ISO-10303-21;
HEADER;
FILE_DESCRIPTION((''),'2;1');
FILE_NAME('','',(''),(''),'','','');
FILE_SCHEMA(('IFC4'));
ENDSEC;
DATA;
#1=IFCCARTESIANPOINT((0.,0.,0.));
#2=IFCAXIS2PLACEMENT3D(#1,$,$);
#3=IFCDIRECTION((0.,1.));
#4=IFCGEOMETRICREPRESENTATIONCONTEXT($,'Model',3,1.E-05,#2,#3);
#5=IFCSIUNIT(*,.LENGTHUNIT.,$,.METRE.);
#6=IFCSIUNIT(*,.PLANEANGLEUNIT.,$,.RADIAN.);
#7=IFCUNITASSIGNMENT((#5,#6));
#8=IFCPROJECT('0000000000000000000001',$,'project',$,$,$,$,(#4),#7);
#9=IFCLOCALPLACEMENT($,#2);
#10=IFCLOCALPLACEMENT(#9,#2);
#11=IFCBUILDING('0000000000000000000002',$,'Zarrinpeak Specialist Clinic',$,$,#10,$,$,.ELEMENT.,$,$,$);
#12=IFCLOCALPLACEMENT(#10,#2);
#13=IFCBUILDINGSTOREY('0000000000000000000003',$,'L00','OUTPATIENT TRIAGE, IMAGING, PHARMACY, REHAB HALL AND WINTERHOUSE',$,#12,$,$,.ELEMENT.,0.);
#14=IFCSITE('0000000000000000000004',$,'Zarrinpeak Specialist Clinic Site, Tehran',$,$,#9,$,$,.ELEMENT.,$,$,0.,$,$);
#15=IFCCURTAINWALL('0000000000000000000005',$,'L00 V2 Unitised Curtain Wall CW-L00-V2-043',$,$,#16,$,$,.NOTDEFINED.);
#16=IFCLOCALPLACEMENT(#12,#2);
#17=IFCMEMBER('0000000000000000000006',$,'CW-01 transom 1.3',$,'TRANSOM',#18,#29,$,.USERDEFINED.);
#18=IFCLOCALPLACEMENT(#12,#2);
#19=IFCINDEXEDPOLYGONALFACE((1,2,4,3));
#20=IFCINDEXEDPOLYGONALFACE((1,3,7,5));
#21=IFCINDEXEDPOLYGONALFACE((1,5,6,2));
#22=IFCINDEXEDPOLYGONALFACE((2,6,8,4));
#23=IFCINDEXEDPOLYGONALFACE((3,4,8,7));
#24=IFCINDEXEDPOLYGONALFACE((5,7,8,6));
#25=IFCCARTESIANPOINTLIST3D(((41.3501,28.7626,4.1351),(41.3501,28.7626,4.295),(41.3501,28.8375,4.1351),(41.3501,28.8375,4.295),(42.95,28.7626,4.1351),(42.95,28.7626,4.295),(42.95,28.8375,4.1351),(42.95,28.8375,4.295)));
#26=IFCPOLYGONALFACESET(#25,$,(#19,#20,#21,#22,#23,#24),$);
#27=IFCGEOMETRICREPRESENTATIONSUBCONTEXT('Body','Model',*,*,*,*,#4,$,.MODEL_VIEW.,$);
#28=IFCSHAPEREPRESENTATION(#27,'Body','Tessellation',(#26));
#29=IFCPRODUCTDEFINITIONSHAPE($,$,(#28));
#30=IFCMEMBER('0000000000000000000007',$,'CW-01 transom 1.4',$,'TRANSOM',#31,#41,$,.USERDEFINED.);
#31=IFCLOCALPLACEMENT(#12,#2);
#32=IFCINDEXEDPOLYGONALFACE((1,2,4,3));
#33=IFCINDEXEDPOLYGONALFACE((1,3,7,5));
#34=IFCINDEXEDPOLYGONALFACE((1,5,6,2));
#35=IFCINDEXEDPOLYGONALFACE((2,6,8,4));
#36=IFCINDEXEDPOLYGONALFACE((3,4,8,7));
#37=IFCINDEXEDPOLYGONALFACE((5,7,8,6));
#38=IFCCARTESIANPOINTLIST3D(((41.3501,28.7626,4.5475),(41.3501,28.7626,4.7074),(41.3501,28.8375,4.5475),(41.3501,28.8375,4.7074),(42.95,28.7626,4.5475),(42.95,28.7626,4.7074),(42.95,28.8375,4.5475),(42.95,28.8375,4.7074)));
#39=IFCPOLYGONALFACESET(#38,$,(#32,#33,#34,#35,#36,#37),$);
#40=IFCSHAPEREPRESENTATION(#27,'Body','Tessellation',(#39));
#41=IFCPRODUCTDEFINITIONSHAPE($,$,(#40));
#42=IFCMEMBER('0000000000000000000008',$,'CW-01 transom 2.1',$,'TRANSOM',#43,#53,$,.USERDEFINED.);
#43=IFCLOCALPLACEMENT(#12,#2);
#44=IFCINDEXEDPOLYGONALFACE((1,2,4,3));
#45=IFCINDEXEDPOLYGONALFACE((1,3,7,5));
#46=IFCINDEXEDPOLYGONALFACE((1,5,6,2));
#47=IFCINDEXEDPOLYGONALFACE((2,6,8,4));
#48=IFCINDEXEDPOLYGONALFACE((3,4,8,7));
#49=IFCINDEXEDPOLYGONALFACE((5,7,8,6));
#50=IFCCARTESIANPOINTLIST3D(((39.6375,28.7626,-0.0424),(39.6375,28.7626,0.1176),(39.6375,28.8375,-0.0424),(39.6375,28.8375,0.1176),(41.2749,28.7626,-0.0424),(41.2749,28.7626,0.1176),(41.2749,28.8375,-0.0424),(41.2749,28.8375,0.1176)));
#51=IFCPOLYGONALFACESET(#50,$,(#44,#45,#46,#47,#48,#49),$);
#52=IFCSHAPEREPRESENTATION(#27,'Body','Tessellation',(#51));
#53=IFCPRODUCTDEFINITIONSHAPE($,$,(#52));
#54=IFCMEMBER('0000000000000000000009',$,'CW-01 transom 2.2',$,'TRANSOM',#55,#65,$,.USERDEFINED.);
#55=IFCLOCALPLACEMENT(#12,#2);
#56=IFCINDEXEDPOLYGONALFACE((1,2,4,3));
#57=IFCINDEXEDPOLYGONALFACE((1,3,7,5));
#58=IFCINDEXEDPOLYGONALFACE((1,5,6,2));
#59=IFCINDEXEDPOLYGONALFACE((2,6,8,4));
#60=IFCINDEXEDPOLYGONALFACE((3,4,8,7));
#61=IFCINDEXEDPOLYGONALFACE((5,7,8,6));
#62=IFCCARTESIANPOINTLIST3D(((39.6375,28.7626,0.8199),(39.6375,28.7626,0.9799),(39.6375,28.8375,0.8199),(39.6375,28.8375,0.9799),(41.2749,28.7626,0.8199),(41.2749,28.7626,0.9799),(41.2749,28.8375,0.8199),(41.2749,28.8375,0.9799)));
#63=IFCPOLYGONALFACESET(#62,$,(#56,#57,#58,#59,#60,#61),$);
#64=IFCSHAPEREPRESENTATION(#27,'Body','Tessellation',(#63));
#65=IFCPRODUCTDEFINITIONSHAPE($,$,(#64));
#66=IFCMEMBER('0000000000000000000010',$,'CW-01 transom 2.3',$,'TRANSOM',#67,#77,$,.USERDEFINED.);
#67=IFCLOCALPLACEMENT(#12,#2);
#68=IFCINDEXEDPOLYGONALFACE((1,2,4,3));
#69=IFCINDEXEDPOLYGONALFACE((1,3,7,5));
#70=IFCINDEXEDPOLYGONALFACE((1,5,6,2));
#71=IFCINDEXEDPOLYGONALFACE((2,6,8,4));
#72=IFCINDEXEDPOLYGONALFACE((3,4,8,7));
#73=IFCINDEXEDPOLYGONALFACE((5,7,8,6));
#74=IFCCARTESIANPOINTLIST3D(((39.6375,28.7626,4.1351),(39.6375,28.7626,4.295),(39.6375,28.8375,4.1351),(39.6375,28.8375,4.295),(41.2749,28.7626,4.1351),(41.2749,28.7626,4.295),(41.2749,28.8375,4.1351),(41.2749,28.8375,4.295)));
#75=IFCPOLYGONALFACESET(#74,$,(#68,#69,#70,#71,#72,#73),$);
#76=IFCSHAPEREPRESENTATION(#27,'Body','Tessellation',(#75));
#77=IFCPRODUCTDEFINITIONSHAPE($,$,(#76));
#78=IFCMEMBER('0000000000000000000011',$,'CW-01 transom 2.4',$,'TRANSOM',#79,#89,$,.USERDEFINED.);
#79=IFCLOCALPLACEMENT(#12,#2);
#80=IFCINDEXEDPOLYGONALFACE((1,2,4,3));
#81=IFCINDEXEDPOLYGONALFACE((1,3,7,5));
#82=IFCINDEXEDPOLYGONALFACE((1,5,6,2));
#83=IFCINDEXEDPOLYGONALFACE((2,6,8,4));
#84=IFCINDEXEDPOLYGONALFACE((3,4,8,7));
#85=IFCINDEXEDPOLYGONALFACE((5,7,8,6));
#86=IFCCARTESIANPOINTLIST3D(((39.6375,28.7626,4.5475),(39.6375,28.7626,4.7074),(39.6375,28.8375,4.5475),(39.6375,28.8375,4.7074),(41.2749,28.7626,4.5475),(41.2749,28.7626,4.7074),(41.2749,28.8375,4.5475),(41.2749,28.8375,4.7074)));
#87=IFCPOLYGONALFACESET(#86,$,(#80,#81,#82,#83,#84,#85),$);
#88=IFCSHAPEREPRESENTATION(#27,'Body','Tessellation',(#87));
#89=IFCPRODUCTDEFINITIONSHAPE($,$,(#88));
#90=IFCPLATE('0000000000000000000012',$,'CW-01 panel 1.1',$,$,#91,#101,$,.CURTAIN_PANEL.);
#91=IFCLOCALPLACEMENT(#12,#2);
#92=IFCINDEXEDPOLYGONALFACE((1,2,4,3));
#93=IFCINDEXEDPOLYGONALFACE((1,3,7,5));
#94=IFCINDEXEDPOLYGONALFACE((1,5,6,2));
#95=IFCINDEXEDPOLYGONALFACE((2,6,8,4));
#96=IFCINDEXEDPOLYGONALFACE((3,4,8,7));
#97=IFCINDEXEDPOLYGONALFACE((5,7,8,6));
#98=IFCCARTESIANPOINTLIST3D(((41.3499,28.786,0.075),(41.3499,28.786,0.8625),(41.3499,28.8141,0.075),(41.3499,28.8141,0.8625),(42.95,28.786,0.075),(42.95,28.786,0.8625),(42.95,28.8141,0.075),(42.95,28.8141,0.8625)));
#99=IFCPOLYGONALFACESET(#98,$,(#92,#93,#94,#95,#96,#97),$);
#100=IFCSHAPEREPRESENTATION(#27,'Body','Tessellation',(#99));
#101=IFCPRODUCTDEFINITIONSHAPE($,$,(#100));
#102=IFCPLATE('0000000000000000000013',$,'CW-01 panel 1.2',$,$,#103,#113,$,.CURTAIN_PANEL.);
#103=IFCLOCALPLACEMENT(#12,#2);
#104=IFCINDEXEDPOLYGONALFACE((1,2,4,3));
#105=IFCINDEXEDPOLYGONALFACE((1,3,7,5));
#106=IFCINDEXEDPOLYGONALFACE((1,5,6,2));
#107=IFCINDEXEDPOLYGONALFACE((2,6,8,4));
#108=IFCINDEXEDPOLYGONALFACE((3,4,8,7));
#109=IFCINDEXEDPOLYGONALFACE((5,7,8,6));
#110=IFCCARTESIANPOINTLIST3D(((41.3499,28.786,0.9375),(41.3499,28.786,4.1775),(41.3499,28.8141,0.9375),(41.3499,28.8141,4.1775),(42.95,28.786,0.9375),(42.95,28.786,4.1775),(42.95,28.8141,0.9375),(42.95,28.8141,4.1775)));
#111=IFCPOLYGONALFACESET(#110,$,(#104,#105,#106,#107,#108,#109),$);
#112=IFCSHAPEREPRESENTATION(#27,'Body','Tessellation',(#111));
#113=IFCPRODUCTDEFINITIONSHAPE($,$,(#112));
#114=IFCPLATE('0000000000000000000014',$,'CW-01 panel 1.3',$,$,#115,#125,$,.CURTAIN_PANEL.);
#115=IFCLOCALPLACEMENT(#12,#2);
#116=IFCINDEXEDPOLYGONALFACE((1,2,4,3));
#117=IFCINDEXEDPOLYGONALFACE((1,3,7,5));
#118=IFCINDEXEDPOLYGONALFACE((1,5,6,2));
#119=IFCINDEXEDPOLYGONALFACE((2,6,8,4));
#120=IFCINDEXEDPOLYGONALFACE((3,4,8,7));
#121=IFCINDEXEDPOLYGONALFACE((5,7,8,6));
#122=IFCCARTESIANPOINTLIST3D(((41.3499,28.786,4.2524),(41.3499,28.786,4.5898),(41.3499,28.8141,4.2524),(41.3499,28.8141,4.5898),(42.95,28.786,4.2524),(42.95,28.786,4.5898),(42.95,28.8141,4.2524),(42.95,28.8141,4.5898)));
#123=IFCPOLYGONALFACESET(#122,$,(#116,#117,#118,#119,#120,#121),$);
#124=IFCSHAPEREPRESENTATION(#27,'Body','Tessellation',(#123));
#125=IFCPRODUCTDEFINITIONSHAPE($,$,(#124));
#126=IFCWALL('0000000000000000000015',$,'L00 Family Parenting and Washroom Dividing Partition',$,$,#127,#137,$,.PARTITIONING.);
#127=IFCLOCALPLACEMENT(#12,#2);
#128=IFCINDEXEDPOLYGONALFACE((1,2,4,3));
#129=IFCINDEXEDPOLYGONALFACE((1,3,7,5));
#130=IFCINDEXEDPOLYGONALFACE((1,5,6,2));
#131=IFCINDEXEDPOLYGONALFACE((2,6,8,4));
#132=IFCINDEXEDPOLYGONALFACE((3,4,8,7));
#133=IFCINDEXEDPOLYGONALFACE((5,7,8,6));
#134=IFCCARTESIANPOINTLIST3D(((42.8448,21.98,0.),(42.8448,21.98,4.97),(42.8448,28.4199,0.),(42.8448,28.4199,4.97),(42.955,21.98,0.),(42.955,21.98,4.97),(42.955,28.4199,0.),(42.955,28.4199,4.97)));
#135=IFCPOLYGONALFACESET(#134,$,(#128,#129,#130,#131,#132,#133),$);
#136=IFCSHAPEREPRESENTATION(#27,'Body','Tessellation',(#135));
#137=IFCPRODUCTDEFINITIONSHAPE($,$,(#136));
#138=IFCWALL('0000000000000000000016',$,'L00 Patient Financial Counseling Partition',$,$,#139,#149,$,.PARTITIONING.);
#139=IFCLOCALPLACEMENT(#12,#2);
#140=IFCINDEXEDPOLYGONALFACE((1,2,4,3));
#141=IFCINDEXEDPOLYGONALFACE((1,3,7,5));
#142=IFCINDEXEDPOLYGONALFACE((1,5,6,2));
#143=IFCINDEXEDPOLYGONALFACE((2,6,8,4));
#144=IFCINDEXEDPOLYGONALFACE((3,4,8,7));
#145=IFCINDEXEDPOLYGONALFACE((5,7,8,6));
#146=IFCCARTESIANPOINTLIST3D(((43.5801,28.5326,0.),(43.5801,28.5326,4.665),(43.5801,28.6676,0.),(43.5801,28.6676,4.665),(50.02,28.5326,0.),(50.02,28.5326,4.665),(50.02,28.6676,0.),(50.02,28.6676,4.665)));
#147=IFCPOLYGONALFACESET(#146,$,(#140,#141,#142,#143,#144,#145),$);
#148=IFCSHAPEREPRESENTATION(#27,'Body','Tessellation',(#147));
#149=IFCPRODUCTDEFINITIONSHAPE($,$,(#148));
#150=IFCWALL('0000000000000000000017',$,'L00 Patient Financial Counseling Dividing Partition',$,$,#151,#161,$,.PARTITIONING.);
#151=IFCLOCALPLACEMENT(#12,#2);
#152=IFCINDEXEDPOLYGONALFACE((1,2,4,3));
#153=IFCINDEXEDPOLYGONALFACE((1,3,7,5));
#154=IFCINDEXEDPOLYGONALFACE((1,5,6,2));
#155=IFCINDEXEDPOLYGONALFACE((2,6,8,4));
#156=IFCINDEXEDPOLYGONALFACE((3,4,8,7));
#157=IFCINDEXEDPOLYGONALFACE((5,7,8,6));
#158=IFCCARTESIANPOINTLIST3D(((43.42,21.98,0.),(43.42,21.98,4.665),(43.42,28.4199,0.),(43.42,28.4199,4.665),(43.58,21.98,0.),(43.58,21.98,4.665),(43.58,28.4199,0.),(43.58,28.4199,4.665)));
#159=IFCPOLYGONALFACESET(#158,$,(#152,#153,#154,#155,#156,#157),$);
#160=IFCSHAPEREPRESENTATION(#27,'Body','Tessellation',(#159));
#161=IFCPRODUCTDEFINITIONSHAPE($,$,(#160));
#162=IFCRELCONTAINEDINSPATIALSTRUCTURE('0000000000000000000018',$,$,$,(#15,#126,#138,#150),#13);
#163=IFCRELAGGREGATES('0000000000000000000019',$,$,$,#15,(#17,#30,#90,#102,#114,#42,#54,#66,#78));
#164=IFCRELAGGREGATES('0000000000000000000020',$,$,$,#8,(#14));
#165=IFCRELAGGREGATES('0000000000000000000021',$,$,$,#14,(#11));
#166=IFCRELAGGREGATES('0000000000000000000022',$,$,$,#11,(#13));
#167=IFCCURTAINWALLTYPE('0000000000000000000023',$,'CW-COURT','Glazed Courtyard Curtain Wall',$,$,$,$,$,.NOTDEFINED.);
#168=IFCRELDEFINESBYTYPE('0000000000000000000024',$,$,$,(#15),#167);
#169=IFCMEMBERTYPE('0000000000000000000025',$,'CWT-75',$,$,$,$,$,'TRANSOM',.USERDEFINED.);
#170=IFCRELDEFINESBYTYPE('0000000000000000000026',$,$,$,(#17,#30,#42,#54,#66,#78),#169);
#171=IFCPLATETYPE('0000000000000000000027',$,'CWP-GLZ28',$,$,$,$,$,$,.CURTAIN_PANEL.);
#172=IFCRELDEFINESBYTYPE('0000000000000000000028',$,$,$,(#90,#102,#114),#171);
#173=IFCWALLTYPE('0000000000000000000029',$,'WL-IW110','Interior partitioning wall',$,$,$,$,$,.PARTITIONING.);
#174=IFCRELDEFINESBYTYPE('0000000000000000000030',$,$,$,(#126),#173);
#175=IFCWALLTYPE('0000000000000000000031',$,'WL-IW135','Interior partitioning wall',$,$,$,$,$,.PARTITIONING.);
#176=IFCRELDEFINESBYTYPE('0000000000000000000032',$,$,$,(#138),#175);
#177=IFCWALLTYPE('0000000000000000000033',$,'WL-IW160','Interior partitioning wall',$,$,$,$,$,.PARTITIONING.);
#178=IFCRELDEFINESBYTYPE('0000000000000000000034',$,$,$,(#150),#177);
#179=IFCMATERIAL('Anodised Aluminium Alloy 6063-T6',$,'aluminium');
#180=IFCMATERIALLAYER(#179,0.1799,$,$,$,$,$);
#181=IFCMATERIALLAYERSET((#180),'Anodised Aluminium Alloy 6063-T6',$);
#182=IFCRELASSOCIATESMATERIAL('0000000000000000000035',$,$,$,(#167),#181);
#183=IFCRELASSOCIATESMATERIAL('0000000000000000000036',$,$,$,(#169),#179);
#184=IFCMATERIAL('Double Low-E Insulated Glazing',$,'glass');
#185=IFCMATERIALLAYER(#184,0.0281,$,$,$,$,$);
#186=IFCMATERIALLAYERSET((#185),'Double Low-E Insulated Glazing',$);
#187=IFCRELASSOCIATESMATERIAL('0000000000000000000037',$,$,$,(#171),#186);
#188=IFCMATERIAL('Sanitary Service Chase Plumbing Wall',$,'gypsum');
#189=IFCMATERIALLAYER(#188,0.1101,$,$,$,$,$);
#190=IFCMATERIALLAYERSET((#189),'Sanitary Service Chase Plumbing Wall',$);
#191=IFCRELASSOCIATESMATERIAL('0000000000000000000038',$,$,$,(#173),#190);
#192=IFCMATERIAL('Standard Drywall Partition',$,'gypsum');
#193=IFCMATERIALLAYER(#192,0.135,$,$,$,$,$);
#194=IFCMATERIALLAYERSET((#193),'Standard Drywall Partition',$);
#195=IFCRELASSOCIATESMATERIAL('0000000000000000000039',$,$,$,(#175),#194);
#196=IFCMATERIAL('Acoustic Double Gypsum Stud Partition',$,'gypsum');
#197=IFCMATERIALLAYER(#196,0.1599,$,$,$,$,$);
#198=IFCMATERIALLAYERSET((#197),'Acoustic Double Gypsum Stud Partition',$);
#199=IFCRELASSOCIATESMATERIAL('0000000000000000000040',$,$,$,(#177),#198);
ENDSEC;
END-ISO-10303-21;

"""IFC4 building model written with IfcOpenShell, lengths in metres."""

from ifc_helpers import new_model, si_unit, direction, frame, frame_2d, origin, origin_2d, place, context, subcontext, project, spatial, rectangle, extrude, material, layer, layer_set, material_profile, profile_set, type_object, element, aggregate, save


model = new_model("IFC4")

# Units and contexts
model_context = context("Model", 3, precision=1e-05, world=origin(), true_north=direction((0.0, 1.0)))
body_context = subcontext(model_context, "Body", "Model", "MODEL_VIEW")
ifc_project = project(units=[si_unit("LENGTHUNIT", "METRE"), si_unit("PLANEANGLEUNIT", "RADIAN")], contexts=[model_context])

# Site, building, storey
site_placement = place(None, origin())
site = spatial("IfcSite", under=ifc_project, at=site_placement, Name="Zarrinpeak Specialist Clinic Site, Tehran", CompositionType="ELEMENT", RefElevation=0.0)
building_placement = place(site_placement, origin())
building = spatial("IfcBuilding", under=site, at=building_placement, Name="Zarrinpeak Specialist Clinic", CompositionType="ELEMENT")
storey_placement = place(building_placement, origin())
storey = spatial("IfcBuildingStorey", under=building, at=storey_placement, Name="L00", Description="OUTPATIENT TRIAGE, IMAGING, PHARMACY, REHAB HALL AND WINTERHOUSE", CompositionType="ELEMENT", Elevation=0.0)

# Curtain wall, members, plates
ifc_material_1 = material(Name="Anodised Aluminium Alloy 6063-T6", Category="aluminium")
ifc_layer_1 = layer(ifc_material_1, 0.1799)
ifc_layer_set_1 = layer_set([ifc_layer_1], Name="Anodised Aluminium Alloy 6063-T6")
curtain_wall_type = type_object("IfcCurtainWallType", Name="CW-COURT", Description="Glazed Courtyard Curtain Wall", PredefinedType="NOTDEFINED", material=ifc_layer_set_1)
curtain_wall_placement = place(storey_placement, origin())
curtain_wall = element("IfcCurtainWall", 1, at=curtain_wall_placement, inside=storey, type_object=curtain_wall_type, Name="L00 V2 Unitised Curtain Wall CW-L00-V2-043", PredefinedType="NOTDEFINED")
ifc_material_profile_1 = material_profile(ifc_material_1, rectangle(XDim=0.075, YDim=0.1599, at=origin_2d()), Name="ALU 75x160")
ifc_profile_set_1 = profile_set([ifc_material_profile_1], Name="Anodised Aluminium Alloy 6063-T6")
member_type_1 = type_object("IfcMemberType", Name="CWT-75", ElementType="TRANSOM", PredefinedType="USERDEFINED", material=ifc_profile_set_1)
member_1_placement = place(storey_placement, frame((42.95, 28.8, 4.2151), z_axis=(-1.0, 0.0, 0.0), x_axis=(0.0, -1.0, 0.0)))
member_1 = element("IfcMember", 2, at=member_1_placement, type_object=member_type_1, Name="CW-01 transom 1.3", ObjectType="TRANSOM", PredefinedType="USERDEFINED", context=body_context, shape_type="SweptSolid", body=[
    extrude(rectangle(XDim=0.075, YDim=0.1599, at=origin_2d()), origin(), (0.0, 0.0, 1.0), 1.5999),
])
member_2_placement = place(storey_placement, frame((42.95, 28.8, 4.6274), z_axis=(-1.0, 0.0, 0.0), x_axis=(0.0, -1.0, 0.0)))
member_2 = element("IfcMember", 3, at=member_2_placement, type_object=member_type_1, Name="CW-01 transom 1.4", ObjectType="TRANSOM", PredefinedType="USERDEFINED", context=body_context, shape_type="SweptSolid", body=[
    extrude(rectangle(XDim=0.075, YDim=0.1599, at=origin_2d()), origin(), (0.0, 0.0, 1.0), 1.5999),
])
member_3_placement = place(storey_placement, frame((41.2749, 28.8, 0.0376), z_axis=(-1.0, 0.0, 0.0), x_axis=(0.0, -1.0, 0.0)))
member_3 = element("IfcMember", 4, at=member_3_placement, type_object=member_type_1, Name="CW-01 transom 2.1", ObjectType="TRANSOM", PredefinedType="USERDEFINED", context=body_context, shape_type="SweptSolid", body=[
    extrude(rectangle(XDim=0.075, YDim=0.1599, at=origin_2d()), origin(), (0.0, 0.0, 1.0), 1.6375),
])
member_4_placement = place(storey_placement, frame((41.2749, 28.8, 0.8999), z_axis=(-1.0, 0.0, 0.0), x_axis=(0.0, -1.0, 0.0)))
member_4 = element("IfcMember", 5, at=member_4_placement, type_object=member_type_1, Name="CW-01 transom 2.2", ObjectType="TRANSOM", PredefinedType="USERDEFINED", context=body_context, shape_type="SweptSolid", body=[
    extrude(rectangle(XDim=0.075, YDim=0.1599, at=origin_2d()), origin(), (0.0, 0.0, 1.0), 1.6375),
])
member_5_placement = place(storey_placement, frame((41.2749, 28.8, 4.2151), z_axis=(-1.0, 0.0, 0.0), x_axis=(0.0, -1.0, 0.0)))
member_5 = element("IfcMember", 6, at=member_5_placement, type_object=member_type_1, Name="CW-01 transom 2.3", ObjectType="TRANSOM", PredefinedType="USERDEFINED", context=body_context, shape_type="SweptSolid", body=[
    extrude(rectangle(XDim=0.075, YDim=0.1599, at=origin_2d()), origin(), (0.0, 0.0, 1.0), 1.6375),
])
member_6_placement = place(storey_placement, frame((41.2749, 28.8, 4.6274), z_axis=(-1.0, 0.0, 0.0), x_axis=(0.0, -1.0, 0.0)))
member_6 = element("IfcMember", 7, at=member_6_placement, type_object=member_type_1, Name="CW-01 transom 2.4", ObjectType="TRANSOM", PredefinedType="USERDEFINED", context=body_context, shape_type="SweptSolid", body=[
    extrude(rectangle(XDim=0.075, YDim=0.1599, at=origin_2d()), origin(), (0.0, 0.0, 1.0), 1.6375),
])
ifc_material_2 = material(Name="Double Low-E Insulated Glazing", Category="glass")
ifc_layer_2 = layer(ifc_material_2, 0.0281)
ifc_layer_set_2 = layer_set([ifc_layer_2], Name="Double Low-E Insulated Glazing")
plate_type = type_object("IfcPlateType", Name="CWP-GLZ28", PredefinedType="CURTAIN_PANEL", material=ifc_layer_set_2)
plate_1_placement = place(storey_placement, frame((42.1499, 28.8, 0.075), z_axis=(0.0, 0.0, 1.0), x_axis=(-1.0, 0.0, 0.0)))
plate_1 = element("IfcPlate", 8, at=plate_1_placement, type_object=plate_type, Name="CW-01 panel 1.1", PredefinedType="CURTAIN_PANEL", context=body_context, shape_type="SweptSolid", body=[
    extrude(rectangle(XDim=1.6001, YDim=0.0281, at=origin_2d()), origin(), (0.0, 0.0, 1.0), 0.7876),
])
plate_2_placement = place(storey_placement, frame((42.1499, 28.8, 0.9375), z_axis=(0.0, 0.0, 1.0), x_axis=(-1.0, 0.0, 0.0)))
plate_2 = element("IfcPlate", 9, at=plate_2_placement, type_object=plate_type, Name="CW-01 panel 1.2", PredefinedType="CURTAIN_PANEL", context=body_context, shape_type="SweptSolid", body=[
    extrude(rectangle(XDim=1.6001, YDim=0.0281, at=origin_2d()), origin(), (0.0, 0.0, 1.0), 3.24),
])
plate_3_placement = place(storey_placement, frame((42.1499, 28.8, 4.2524), z_axis=(0.0, 0.0, 1.0), x_axis=(-1.0, 0.0, 0.0)))
plate_3 = element("IfcPlate", 10, at=plate_3_placement, type_object=plate_type, Name="CW-01 panel 1.3", PredefinedType="CURTAIN_PANEL", context=body_context, shape_type="SweptSolid", body=[
    extrude(rectangle(XDim=1.6001, YDim=0.0281, at=origin_2d()), origin(), (0.0, 0.0, 1.0), 0.3374),
])
aggregate(curtain_wall, [member_1, member_2, plate_1, plate_2, plate_3, member_3, member_4, member_5, member_6])

# Walls
ifc_material_3 = material(Name="Sanitary Service Chase Plumbing Wall", Category="gypsum")
ifc_layer_3 = layer(ifc_material_3, 0.1101)
ifc_layer_set_3 = layer_set([ifc_layer_3], Name="Sanitary Service Chase Plumbing Wall")
wall_type_1 = type_object("IfcWallType", Name="WL-IW110", Description="Interior partitioning wall", PredefinedType="PARTITIONING", material=ifc_layer_set_3)
wall_1_placement = place(storey_placement, frame((42.8999, 21.98, 0.0), z_axis=(0.0, 0.0, 1.0), x_axis=(0.0, 1.0, 0.0)))
element("IfcWall", 11, at=wall_1_placement, inside=storey, type_object=wall_type_1, Name="L00 Family Parenting and Washroom Dividing Partition", PredefinedType="PARTITIONING", context=body_context, shape_type="SweptSolid", body=[
    extrude(rectangle(XDim=6.4399, YDim=0.1101, at=frame_2d((3.22, 0.0))), origin(), (0.0, 0.0, 1.0), 4.97),
])
ifc_material_4 = material(Name="Standard Drywall Partition", Category="gypsum")
ifc_layer_4 = layer(ifc_material_4, 0.135)
ifc_layer_set_4 = layer_set([ifc_layer_4], Name="Standard Drywall Partition")
wall_type_2 = type_object("IfcWallType", Name="WL-IW135", Description="Interior partitioning wall", PredefinedType="PARTITIONING", material=ifc_layer_set_4)
wall_2_placement = place(storey_placement, frame((43.5801, 28.6001, 0.0), z_axis=(0.0, 0.0, 1.0), x_axis=(1.0, 0.0, 0.0)))
element("IfcWall", 12, at=wall_2_placement, inside=storey, type_object=wall_type_2, Name="L00 Patient Financial Counseling Partition", PredefinedType="PARTITIONING", context=body_context, shape_type="SweptSolid", body=[
    extrude(rectangle(XDim=6.4399, YDim=0.135, at=frame_2d((3.22, 0.0))), origin(), (0.0, 0.0, 1.0), 4.665),
])
ifc_material_5 = material(Name="Acoustic Double Gypsum Stud Partition", Category="gypsum")
ifc_layer_5 = layer(ifc_material_5, 0.1599)
ifc_layer_set_5 = layer_set([ifc_layer_5], Name="Acoustic Double Gypsum Stud Partition")
wall_type_3 = type_object("IfcWallType", Name="WL-IW160", Description="Interior partitioning wall", PredefinedType="PARTITIONING", material=ifc_layer_set_5)
wall_3_placement = place(storey_placement, frame((43.5, 21.98, 0.0), z_axis=(0.0, 0.0, 1.0), x_axis=(0.0, 1.0, 0.0)))
element("IfcWall", 13, at=wall_3_placement, inside=storey, type_object=wall_type_3, Name="L00 Patient Financial Counseling Dividing Partition", PredefinedType="PARTITIONING", context=body_context, shape_type="SweptSolid", body=[
    extrude(rectangle(XDim=6.4399, YDim=0.1599, at=frame_2d((3.22, 0.0))), origin(), (0.0, 0.0, 1.0), 4.665),
])

save(model, "model.ifc")
